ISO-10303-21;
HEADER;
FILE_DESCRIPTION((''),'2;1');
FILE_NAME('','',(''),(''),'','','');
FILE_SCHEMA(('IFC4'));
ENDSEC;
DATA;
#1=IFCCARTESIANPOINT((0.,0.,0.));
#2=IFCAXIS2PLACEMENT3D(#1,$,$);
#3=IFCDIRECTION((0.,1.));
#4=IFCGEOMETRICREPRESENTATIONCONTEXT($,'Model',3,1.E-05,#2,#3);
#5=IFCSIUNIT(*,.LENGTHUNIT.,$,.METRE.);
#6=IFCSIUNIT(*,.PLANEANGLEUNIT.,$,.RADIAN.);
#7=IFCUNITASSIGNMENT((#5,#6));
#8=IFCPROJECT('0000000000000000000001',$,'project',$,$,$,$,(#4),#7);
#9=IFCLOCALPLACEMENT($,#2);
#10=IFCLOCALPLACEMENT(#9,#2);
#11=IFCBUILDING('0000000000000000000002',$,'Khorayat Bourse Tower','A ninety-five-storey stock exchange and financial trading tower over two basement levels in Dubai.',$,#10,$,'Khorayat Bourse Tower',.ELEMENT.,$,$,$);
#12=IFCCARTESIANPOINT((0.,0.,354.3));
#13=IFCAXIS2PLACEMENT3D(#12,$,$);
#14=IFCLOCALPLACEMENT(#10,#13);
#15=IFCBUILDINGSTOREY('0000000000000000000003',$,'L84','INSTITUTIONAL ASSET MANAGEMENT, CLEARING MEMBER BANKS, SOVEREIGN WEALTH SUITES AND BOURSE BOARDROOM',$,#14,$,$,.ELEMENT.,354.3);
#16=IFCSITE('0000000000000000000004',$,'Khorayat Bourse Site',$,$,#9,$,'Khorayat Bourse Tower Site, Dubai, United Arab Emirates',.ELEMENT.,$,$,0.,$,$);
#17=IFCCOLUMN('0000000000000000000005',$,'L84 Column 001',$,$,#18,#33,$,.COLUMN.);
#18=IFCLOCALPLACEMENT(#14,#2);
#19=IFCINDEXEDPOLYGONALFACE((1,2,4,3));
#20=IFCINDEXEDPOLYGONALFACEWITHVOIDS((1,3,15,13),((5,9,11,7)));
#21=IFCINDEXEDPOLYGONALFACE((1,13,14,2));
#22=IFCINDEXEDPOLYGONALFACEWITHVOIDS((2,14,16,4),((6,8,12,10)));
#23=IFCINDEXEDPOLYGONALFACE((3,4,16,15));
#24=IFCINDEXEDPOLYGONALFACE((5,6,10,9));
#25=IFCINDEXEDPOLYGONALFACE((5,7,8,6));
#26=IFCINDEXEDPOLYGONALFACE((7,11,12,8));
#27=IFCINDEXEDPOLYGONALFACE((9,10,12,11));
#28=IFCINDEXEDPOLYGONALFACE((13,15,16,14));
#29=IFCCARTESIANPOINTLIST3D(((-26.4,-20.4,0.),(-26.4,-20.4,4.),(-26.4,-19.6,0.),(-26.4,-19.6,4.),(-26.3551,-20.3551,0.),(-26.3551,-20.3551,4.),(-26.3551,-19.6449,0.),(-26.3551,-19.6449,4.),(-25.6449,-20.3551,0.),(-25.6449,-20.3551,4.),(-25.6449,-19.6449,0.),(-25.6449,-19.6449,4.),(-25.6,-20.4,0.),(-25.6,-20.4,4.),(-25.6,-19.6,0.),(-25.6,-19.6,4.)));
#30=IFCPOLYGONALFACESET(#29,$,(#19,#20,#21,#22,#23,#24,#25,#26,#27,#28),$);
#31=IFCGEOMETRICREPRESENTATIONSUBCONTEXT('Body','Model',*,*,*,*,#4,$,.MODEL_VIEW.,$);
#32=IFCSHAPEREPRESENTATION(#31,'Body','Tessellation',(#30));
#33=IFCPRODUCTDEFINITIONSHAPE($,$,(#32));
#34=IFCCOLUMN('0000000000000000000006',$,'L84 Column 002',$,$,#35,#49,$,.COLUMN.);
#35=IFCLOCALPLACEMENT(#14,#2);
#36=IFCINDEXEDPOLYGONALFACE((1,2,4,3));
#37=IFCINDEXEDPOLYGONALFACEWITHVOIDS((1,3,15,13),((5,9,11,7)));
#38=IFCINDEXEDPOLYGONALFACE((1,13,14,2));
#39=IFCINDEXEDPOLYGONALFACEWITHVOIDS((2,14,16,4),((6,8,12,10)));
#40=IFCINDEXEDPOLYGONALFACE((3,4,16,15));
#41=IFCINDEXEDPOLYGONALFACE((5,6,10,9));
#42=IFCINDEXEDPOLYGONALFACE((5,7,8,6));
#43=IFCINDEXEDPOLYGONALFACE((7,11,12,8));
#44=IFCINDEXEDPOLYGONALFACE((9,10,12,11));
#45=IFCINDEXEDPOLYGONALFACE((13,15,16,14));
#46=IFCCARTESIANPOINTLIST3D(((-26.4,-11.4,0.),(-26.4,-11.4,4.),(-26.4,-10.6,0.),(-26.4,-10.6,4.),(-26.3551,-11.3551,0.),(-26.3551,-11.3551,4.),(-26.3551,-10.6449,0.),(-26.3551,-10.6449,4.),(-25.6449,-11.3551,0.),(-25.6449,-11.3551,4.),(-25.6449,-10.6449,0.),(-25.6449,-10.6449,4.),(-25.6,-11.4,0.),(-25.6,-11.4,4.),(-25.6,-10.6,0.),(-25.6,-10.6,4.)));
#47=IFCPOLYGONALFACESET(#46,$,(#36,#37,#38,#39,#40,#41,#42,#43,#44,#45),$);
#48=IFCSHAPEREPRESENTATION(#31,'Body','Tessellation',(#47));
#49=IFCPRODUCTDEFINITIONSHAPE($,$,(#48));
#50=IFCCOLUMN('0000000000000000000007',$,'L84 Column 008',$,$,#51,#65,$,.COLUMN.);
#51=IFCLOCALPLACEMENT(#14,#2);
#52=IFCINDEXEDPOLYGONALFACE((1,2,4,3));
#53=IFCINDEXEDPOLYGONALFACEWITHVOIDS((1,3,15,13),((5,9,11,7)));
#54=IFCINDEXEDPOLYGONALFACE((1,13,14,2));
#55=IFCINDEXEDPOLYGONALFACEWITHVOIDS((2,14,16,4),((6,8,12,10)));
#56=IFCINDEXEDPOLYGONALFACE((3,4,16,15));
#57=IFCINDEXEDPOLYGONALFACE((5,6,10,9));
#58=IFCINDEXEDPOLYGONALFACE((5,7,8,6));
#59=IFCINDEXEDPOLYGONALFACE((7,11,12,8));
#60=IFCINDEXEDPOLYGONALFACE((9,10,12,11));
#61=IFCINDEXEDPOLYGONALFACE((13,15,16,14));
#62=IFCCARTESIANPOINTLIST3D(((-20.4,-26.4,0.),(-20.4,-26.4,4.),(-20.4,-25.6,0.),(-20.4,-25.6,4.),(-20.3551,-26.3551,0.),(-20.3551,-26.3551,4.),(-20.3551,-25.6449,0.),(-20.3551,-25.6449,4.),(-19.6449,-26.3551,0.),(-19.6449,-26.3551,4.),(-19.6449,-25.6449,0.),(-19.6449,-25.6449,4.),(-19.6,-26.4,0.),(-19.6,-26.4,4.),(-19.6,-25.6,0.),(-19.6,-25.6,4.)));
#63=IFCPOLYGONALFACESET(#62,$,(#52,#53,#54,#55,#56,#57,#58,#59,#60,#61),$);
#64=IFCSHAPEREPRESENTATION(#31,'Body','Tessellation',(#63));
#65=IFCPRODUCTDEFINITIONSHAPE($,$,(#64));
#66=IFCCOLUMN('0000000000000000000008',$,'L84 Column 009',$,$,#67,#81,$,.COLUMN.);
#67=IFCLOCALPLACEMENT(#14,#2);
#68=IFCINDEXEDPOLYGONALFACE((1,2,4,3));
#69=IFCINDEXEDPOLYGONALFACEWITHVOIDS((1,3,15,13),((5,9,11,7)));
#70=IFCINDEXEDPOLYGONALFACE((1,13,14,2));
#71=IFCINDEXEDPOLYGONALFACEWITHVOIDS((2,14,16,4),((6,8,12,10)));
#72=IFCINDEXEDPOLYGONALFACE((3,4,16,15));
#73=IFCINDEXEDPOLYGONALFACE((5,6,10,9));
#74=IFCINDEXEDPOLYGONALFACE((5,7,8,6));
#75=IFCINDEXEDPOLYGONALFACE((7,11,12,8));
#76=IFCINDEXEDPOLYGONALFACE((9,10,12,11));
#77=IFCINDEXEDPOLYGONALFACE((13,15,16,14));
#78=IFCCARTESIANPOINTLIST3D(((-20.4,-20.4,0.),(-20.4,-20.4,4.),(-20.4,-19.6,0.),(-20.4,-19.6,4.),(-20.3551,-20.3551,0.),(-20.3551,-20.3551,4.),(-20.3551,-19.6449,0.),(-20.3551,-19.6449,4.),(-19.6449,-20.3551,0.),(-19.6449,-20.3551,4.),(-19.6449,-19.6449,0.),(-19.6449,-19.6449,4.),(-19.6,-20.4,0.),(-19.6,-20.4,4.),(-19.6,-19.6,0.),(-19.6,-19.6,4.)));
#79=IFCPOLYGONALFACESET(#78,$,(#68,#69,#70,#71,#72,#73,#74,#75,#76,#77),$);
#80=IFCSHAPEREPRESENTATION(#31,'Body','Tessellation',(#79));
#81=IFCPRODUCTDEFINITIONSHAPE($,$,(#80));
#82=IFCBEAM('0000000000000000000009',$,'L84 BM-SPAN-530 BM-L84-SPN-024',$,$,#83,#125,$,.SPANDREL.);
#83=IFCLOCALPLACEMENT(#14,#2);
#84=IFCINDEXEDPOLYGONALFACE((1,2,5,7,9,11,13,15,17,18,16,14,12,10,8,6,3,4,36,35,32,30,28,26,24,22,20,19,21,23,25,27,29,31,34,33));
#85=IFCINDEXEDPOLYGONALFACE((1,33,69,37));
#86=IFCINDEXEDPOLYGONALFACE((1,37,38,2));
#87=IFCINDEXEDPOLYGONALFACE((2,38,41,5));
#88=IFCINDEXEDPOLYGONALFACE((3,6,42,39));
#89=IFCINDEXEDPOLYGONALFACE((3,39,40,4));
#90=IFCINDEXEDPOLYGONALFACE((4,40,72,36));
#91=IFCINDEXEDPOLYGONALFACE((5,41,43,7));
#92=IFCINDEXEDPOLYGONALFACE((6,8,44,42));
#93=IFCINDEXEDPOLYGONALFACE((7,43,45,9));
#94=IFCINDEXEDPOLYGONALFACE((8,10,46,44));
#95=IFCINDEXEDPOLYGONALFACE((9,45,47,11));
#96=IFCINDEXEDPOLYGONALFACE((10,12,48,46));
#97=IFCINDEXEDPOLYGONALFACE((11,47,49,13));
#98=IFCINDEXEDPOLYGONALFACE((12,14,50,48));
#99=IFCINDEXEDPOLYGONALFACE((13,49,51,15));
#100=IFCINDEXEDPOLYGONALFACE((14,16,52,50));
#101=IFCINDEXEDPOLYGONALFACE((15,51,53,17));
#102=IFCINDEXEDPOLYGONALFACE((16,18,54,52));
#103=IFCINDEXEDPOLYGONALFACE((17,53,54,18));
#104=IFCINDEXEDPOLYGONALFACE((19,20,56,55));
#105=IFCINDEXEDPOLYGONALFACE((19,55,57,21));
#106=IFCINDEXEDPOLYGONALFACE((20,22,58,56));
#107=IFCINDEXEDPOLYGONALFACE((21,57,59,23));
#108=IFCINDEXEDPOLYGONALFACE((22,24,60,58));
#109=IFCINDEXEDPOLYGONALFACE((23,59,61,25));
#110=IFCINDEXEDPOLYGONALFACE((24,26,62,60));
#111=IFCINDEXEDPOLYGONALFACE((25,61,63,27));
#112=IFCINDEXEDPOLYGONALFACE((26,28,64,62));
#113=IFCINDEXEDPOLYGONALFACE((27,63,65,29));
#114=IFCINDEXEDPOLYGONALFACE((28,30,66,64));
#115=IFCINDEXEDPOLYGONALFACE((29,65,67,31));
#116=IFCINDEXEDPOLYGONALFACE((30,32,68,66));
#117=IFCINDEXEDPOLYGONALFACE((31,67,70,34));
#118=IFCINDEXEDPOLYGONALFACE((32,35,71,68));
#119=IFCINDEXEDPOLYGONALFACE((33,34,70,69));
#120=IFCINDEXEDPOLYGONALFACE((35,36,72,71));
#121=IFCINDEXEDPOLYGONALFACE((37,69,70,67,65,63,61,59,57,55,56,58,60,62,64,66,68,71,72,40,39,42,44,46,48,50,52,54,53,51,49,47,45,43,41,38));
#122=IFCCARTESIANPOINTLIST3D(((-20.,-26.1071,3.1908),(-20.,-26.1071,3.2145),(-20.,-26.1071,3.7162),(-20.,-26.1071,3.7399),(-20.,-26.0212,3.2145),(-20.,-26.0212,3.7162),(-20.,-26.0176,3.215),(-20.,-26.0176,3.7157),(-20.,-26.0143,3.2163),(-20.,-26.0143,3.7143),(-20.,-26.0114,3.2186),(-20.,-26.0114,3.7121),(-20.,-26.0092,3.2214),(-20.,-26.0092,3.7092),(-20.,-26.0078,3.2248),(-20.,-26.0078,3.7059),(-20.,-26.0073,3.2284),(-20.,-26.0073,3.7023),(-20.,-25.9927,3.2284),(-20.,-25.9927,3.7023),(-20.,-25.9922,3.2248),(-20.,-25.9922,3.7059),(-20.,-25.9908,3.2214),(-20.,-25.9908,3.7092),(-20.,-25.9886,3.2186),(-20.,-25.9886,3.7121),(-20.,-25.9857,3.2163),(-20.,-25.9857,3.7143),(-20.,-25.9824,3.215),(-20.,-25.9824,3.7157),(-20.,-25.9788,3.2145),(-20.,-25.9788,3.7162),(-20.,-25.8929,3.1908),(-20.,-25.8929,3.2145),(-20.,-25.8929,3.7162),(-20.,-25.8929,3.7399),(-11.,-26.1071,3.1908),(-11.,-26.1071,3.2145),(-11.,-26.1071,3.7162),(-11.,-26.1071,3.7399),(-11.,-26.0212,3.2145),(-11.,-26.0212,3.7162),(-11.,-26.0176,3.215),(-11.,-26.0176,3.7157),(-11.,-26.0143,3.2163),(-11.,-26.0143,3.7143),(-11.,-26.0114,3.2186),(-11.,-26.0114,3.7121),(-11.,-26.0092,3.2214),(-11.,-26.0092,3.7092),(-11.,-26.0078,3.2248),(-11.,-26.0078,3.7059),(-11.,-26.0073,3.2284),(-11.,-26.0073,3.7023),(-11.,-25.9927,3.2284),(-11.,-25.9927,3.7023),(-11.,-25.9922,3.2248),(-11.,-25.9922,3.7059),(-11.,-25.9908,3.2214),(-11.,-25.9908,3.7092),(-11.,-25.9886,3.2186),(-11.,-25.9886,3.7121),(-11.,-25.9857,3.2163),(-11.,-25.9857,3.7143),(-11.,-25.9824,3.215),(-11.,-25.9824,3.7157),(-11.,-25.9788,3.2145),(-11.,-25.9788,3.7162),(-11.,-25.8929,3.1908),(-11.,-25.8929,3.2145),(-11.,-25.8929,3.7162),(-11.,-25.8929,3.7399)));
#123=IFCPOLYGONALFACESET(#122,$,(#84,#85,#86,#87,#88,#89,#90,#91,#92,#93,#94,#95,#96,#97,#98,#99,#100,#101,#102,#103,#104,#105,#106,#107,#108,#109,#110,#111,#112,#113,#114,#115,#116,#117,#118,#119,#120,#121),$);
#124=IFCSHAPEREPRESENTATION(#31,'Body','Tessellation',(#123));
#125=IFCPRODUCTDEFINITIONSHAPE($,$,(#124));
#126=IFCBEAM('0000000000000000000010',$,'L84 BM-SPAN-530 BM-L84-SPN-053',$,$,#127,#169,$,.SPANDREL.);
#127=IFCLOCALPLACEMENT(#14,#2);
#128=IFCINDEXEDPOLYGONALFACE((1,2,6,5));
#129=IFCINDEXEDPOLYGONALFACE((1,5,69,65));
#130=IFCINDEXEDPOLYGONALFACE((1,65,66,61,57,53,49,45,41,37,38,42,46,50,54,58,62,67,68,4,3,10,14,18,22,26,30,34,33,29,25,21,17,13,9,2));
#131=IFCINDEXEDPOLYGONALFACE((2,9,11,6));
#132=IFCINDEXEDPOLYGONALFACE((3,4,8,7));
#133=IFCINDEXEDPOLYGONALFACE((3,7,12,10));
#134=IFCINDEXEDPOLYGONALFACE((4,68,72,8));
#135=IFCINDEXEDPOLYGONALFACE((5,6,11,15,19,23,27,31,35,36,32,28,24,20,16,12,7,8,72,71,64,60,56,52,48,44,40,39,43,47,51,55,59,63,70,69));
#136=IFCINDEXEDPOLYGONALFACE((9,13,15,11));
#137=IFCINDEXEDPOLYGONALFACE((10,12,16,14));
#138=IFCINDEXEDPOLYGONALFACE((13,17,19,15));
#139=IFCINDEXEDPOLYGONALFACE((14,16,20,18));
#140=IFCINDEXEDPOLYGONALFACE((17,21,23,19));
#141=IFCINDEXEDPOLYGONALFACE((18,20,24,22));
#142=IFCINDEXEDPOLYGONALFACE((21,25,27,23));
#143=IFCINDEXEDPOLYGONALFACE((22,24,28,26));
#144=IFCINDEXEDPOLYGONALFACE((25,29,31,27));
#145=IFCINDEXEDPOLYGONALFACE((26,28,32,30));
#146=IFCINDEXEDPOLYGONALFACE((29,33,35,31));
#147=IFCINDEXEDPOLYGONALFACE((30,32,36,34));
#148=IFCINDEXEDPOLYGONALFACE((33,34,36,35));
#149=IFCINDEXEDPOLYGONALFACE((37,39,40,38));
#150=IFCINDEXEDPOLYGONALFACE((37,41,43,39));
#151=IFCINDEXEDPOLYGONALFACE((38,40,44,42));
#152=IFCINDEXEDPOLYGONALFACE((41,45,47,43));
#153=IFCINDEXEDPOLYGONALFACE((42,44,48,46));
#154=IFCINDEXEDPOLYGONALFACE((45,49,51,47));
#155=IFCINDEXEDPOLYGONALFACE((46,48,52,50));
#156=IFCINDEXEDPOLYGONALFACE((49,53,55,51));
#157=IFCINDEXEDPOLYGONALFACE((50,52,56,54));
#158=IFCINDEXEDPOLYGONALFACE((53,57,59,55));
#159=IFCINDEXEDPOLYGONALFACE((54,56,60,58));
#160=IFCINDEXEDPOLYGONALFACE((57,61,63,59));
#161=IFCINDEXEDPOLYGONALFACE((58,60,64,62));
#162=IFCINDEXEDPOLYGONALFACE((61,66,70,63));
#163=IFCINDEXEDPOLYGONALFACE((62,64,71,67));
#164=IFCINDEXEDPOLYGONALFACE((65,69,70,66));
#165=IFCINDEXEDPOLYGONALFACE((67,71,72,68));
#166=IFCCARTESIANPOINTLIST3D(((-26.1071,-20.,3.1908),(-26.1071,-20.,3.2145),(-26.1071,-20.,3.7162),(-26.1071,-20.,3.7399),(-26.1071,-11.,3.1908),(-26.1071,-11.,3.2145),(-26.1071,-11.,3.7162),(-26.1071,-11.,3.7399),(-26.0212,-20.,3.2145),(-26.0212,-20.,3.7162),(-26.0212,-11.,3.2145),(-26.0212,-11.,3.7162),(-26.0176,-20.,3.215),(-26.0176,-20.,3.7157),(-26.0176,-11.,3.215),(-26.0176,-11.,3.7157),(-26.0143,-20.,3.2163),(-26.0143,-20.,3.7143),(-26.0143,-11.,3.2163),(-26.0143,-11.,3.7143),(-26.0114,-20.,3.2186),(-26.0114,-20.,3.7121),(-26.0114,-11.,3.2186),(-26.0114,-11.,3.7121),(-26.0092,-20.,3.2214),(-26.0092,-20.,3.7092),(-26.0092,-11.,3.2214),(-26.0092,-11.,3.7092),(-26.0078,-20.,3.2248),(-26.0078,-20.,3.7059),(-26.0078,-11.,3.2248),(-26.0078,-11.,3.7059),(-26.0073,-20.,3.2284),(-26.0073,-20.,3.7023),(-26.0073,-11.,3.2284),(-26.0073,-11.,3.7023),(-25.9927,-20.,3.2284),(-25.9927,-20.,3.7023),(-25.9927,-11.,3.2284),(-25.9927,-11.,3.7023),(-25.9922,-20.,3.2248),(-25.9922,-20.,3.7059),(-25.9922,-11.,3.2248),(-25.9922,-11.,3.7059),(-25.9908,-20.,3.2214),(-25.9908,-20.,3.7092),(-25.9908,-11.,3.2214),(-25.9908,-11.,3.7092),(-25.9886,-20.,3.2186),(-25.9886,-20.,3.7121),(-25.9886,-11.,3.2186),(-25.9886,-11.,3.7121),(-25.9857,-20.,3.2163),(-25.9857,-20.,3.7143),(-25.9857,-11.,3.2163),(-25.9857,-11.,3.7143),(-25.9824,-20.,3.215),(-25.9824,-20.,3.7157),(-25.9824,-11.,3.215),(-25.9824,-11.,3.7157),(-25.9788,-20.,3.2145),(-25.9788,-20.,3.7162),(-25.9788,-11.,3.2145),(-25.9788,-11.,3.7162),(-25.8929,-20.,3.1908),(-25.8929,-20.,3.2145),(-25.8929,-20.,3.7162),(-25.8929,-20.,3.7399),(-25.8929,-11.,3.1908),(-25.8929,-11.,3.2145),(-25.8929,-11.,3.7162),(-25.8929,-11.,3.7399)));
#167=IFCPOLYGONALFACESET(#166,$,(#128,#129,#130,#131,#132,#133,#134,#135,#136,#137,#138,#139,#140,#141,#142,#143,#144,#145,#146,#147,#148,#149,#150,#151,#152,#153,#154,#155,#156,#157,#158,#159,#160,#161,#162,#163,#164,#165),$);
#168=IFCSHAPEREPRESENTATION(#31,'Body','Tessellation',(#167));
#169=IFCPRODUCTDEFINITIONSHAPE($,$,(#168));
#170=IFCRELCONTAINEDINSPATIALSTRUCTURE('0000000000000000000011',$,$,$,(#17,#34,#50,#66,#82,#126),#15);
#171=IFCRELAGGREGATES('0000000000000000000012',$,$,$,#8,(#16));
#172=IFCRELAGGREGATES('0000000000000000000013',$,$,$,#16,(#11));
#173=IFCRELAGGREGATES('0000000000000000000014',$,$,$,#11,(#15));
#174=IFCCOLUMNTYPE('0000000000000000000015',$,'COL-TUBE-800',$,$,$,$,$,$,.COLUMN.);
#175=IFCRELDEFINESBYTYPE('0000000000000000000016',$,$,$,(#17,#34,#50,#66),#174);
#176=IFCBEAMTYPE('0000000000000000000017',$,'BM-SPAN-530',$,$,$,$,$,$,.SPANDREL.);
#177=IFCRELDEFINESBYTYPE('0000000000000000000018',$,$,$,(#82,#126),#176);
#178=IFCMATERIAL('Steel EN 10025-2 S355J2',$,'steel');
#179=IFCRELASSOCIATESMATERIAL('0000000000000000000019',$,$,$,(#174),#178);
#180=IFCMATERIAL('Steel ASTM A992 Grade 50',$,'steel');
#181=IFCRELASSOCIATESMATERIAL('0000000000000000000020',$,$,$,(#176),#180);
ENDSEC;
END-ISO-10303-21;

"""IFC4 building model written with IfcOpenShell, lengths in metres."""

from ifc_helpers import new_model, si_unit, direction, frame, origin, origin_2d, place, context, subcontext, project, spatial, hollow_rectangle, i_section, extrude, source, transform, mapped, material, material_profile, profile_set, type_object, element, save


model = new_model("IFC4")

# Units and contexts
model_context = context("Model", 3, precision=1e-05, world=origin(), true_north=direction((0.0, 1.0)))
body_context = subcontext(model_context, "Body", "Model", "MODEL_VIEW")
ifc_project = project(units=[si_unit("LENGTHUNIT", "METRE"), si_unit("PLANEANGLEUNIT", "RADIAN")], contexts=[model_context])

# Site, building, storey
site_placement = place(None, origin())
site = spatial("IfcSite", under=ifc_project, at=site_placement, Name="Khorayat Bourse Site", LongName="Khorayat Bourse Tower Site, Dubai, United Arab Emirates", CompositionType="ELEMENT", RefElevation=0.0)
building_placement = place(site_placement, origin())
building = spatial("IfcBuilding", under=site, at=building_placement, Name="Khorayat Bourse Tower", Description="A ninety-five-storey stock exchange and financial trading tower over two basement levels in Dubai.", LongName="Khorayat Bourse Tower", CompositionType="ELEMENT")
storey_placement = place(building_placement, frame((0.0, 0.0, 354.3)))
storey = spatial("IfcBuildingStorey", under=building, at=storey_placement, Name="L84", Description="INSTITUTIONAL ASSET MANAGEMENT, CLEARING MEMBER BANKS, SOVEREIGN WEALTH SUITES AND BOURSE BOARDROOM", CompositionType="ELEMENT", Elevation=354.3)

# Columns
ifc_material_1 = material(Name="Steel EN 10025-2 S355J2", Category="steel")
ifc_material_profile_1 = material_profile(ifc_material_1, hollow_rectangle(XDim=0.8, YDim=0.8, WallThickness=0.0449, at=origin_2d()), Name="BOX 800x800x45")
ifc_profile_set_1 = profile_set([ifc_material_profile_1], Name="Steel EN 10025-2 S355J2")
column_type = type_object("IfcColumnType", Name="COL-TUBE-800", PredefinedType="COLUMN", material=ifc_profile_set_1)
shared_shape_1 = source(origin(), body_context, "Body", "SweptSolid", [
    extrude(hollow_rectangle(XDim=0.8, YDim=0.8, WallThickness=0.0449, at=origin_2d()), origin(), (0.0, 0.0, 1.0), 4.0),
])
for number, where, z_axis, x_axis, name in (
    (1, (-26.0, -20.0, 0.0), (0.0, 0.0, 1.0), (1.0, 0.0, 0.0), "L84 Column 001"),
    (2, (-26.0, -11.0, 0.0), (0.0, 0.0, 1.0), (1.0, 0.0, 0.0), "L84 Column 002"),
    (3, (-20.0, -26.0, 0.0), (0.0, 0.0, 1.0), (1.0, 0.0, 0.0), "L84 Column 008"),
    (4, (-20.0, -20.0, 0.0), (0.0, 0.0, 1.0), (1.0, 0.0, 0.0), "L84 Column 009"),
):
    element("IfcColumn", number, at=place(storey_placement, frame(where, z_axis=z_axis, x_axis=x_axis)), inside=storey, type_object=column_type, Name=name, PredefinedType="COLUMN", context=body_context, shape_type="MappedRepresentation", body=[
        mapped(shared_shape_1, transform((0.0, 0.0, 0.0), scale=1.0)),
    ])

# Beams
ifc_material_2 = material(Name="Steel ASTM A992 Grade 50", Category="steel")
ifc_material_profile_2 = material_profile(ifc_material_2, i_section(OverallWidth=0.2141, OverallDepth=0.5491, WebThickness=0.0146, FlangeThickness=0.0237, FilletRadius=0.0139, at=origin_2d()), Name="W530X138")
ifc_profile_set_2 = profile_set([ifc_material_profile_2], Name="Steel ASTM A992 Grade 50")
beam_type_1 = type_object("IfcBeamType", Name="BM-SPAN-530", PredefinedType="SPANDREL", material=ifc_profile_set_2)
shared_shape_2 = source(origin(), body_context, "Body", "SweptSolid", [
    extrude(i_section(OverallWidth=0.2141, OverallDepth=0.5491, WebThickness=0.0146, FlangeThickness=0.0237, FilletRadius=0.0139, at=origin_2d()), origin(), (0.0, 0.0, 1.0), 9.0),
])
for number, where, z_axis, x_axis, name in (
    (5, (-20.0, -26.0, 3.4653), (1.0, 0.0, 0.0), (0.0, 1.0, 0.0), "L84 BM-SPAN-530 BM-L84-SPN-024"),
    (6, (-26.0, -20.0, 3.4653), (0.0, 1.0, 0.0), (-1.0, 0.0, 0.0), "L84 BM-SPAN-530 BM-L84-SPN-053"),
):
    element("IfcBeam", number, at=place(storey_placement, frame(where, z_axis=z_axis, x_axis=x_axis)), inside=storey, type_object=beam_type_1, Name=name, PredefinedType="SPANDREL", context=body_context, shape_type="MappedRepresentation", body=[
        mapped(shared_shape_2, transform((0.0, 0.0, 0.0), scale=1.0)),
    ])

save(model, "model.ifc")
